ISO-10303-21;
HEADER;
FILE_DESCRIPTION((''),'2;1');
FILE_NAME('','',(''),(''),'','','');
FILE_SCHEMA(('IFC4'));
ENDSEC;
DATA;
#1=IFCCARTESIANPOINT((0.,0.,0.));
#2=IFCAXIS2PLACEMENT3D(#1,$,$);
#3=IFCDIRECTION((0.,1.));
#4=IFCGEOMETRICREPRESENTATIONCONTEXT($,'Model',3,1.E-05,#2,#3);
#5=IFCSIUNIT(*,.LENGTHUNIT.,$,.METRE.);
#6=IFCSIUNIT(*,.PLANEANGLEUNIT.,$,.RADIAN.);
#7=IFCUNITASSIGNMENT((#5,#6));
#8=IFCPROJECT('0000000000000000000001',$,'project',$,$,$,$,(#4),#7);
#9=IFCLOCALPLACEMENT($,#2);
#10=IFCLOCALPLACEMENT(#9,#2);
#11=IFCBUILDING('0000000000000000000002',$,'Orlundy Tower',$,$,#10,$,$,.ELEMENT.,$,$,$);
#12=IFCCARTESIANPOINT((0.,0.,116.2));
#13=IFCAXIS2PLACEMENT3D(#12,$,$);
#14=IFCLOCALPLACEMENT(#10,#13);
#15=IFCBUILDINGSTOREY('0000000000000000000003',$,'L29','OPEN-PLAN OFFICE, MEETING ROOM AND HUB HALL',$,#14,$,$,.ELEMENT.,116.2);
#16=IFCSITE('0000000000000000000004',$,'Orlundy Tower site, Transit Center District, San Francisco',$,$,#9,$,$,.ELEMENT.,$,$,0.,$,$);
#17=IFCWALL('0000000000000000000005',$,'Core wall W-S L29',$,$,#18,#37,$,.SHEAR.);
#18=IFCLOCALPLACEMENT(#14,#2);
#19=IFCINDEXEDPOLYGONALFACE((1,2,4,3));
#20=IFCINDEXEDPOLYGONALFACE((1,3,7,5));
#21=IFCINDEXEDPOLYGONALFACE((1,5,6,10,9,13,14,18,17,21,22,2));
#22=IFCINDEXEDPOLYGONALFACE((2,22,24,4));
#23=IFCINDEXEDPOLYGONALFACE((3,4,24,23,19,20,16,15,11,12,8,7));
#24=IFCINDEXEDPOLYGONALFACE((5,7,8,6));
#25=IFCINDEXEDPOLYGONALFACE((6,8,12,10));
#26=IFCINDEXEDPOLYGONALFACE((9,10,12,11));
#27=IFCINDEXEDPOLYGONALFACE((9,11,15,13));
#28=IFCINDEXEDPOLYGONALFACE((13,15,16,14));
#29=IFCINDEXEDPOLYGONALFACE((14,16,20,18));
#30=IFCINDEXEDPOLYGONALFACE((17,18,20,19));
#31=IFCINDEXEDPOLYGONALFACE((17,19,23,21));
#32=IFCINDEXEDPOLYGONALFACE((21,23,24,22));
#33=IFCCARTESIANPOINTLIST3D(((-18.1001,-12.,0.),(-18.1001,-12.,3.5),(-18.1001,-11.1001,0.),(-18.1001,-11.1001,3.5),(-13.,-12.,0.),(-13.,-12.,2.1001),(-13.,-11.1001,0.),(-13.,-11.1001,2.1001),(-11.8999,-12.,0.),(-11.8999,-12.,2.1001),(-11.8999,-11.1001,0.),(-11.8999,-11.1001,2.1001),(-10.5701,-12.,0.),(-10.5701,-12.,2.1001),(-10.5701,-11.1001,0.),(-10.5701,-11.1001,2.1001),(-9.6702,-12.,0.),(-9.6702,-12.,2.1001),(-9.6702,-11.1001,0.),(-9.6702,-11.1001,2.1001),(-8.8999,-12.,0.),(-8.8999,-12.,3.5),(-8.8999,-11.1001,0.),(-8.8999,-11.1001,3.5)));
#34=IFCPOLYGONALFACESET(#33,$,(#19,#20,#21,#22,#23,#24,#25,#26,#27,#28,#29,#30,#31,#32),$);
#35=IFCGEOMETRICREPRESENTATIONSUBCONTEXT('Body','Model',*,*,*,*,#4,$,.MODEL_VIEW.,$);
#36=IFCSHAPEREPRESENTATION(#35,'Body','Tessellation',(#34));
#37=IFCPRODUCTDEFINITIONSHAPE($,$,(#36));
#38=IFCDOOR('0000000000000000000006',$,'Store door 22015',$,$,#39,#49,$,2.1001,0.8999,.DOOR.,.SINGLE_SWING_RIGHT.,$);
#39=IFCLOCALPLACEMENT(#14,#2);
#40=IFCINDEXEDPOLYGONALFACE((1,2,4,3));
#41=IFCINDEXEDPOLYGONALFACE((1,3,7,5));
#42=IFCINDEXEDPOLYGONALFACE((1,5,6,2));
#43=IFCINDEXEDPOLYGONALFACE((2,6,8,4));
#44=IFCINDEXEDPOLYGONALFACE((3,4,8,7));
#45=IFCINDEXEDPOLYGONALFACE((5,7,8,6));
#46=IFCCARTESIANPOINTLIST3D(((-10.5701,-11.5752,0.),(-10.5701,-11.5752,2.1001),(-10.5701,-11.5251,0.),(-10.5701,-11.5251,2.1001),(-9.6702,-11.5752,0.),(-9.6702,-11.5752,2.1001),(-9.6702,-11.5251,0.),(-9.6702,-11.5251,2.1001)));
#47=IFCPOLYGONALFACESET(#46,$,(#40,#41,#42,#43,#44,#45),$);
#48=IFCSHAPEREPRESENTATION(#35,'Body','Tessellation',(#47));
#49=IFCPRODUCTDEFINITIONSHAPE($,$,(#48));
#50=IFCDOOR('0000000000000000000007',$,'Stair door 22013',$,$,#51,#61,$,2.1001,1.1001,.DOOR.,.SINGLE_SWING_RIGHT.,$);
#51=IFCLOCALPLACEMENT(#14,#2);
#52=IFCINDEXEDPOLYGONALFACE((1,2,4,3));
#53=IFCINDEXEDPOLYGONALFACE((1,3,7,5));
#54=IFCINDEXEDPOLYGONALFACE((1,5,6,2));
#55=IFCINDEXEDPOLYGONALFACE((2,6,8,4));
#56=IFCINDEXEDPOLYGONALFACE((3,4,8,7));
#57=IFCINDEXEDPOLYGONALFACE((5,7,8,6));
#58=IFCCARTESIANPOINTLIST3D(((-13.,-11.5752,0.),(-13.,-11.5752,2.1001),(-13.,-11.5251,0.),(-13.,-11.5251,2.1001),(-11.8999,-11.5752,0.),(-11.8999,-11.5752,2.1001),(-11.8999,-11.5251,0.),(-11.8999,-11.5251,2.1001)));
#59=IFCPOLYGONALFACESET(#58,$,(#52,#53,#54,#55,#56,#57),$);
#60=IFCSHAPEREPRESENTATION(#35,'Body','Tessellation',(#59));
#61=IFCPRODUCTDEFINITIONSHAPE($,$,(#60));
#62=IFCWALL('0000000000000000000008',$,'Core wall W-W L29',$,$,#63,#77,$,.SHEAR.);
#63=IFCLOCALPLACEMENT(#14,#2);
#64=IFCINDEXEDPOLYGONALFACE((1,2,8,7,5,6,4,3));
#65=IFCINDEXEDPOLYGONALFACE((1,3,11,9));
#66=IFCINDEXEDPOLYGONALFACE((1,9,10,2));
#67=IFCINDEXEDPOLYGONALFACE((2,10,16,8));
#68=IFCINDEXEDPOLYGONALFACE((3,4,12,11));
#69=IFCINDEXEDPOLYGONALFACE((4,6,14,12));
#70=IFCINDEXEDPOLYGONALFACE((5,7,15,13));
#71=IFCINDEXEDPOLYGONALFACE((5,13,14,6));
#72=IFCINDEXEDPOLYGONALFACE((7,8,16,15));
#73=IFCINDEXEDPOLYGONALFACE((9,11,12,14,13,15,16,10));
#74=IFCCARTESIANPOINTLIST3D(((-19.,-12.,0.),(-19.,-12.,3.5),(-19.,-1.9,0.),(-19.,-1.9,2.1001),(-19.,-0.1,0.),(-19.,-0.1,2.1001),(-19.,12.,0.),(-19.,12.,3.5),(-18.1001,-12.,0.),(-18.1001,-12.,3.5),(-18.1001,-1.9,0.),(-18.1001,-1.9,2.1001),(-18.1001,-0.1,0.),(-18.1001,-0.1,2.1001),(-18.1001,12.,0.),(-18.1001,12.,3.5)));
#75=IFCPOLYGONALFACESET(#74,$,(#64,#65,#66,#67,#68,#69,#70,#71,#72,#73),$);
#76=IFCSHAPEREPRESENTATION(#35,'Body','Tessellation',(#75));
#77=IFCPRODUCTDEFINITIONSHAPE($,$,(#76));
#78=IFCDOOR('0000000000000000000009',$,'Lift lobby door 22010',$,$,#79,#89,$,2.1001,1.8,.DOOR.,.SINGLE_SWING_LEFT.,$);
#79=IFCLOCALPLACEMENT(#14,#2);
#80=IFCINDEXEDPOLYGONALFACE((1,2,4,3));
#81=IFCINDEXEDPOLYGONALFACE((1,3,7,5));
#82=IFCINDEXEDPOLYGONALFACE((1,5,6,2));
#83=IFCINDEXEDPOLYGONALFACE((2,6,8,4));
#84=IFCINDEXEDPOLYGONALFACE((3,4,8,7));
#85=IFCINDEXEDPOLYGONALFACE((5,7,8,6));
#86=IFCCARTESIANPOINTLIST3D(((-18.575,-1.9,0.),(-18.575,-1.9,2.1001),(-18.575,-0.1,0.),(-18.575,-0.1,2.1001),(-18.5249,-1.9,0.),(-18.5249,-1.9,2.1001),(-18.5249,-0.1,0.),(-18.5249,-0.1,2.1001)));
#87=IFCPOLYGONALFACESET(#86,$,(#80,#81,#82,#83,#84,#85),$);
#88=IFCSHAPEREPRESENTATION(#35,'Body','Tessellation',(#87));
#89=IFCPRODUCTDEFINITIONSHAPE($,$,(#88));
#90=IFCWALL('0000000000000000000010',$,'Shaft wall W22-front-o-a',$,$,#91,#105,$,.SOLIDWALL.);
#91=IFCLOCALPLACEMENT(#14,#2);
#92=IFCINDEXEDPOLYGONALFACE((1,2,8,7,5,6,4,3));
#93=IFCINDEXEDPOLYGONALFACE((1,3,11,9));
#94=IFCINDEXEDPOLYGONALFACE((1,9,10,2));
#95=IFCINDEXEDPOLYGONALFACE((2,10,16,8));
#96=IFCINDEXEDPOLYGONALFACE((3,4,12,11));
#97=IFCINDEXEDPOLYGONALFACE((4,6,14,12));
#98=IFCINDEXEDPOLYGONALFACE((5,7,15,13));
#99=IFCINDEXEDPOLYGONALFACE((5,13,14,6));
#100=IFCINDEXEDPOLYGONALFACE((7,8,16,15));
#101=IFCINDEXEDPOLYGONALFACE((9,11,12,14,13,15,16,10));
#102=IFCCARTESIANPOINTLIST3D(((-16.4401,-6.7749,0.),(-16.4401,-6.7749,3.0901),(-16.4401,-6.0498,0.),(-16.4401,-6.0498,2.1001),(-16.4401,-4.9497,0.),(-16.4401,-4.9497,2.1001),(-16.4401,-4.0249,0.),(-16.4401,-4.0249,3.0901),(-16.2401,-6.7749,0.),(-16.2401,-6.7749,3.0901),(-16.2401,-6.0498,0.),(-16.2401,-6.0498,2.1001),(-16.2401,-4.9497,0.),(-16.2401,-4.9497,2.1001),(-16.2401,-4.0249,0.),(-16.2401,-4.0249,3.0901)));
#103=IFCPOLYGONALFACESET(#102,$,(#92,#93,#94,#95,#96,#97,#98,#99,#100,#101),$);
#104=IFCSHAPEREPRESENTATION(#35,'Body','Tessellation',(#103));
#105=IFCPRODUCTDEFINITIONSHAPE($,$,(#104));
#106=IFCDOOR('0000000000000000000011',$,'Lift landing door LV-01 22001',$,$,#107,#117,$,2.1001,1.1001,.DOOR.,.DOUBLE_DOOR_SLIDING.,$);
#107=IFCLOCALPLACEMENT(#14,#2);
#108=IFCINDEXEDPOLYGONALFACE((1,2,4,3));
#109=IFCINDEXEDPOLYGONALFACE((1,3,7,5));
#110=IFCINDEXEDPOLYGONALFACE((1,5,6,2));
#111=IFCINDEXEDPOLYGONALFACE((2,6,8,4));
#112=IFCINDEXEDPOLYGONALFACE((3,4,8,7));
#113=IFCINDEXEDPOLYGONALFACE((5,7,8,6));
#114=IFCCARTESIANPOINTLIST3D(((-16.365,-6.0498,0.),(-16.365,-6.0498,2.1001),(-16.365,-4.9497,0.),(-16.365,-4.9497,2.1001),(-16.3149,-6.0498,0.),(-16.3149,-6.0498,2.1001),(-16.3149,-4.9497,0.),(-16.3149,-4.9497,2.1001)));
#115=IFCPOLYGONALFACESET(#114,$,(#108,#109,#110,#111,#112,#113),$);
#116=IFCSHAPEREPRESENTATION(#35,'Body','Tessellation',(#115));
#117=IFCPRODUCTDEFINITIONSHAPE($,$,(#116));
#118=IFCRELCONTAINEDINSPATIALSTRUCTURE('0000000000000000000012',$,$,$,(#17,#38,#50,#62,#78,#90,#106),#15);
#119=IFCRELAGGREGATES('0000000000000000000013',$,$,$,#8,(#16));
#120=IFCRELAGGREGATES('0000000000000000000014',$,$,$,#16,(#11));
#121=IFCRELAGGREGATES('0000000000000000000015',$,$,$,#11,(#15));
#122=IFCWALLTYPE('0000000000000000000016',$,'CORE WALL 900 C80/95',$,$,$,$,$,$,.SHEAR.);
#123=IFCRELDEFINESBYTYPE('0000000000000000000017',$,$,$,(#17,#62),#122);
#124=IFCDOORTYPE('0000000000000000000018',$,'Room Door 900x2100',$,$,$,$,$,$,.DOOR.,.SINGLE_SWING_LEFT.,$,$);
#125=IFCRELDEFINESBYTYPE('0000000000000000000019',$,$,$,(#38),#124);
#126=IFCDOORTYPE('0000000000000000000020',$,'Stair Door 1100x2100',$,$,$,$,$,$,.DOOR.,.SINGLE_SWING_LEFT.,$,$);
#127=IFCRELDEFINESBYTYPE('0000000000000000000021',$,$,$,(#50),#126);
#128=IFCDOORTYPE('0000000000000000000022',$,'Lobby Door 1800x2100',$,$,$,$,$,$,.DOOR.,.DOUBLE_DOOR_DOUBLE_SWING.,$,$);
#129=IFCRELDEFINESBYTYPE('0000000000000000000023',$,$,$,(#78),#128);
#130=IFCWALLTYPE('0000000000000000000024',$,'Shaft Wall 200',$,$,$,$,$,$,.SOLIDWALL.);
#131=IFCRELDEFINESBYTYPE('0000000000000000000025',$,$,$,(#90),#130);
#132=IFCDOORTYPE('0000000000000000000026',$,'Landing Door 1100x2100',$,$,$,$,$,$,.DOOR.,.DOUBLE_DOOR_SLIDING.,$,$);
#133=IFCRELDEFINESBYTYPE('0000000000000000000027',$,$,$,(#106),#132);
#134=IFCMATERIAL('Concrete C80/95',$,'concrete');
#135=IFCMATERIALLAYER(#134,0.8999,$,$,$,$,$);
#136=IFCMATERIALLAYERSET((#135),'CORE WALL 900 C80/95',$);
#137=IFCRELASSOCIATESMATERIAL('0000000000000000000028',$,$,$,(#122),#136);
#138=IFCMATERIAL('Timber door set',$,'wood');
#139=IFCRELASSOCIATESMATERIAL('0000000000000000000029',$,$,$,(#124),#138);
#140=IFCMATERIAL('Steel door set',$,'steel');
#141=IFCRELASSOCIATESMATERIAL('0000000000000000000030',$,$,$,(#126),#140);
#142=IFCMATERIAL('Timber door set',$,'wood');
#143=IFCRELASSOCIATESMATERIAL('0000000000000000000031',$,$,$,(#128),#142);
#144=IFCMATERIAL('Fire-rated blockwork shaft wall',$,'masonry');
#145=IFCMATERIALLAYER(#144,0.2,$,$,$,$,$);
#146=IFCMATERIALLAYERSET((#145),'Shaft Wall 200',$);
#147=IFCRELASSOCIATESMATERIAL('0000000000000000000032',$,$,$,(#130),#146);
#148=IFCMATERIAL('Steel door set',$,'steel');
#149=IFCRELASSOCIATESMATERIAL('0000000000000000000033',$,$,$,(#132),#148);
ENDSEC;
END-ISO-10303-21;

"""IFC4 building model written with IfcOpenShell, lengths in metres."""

from ifc_helpers import new_model, si_unit, direction, frame, frame_2d, origin, place, context, subcontext, project, spatial, rectangle, extrude, material, layer, layer_set, type_object, element, fill, save


model = new_model("IFC4")

# Units and contexts
model_context = context("Model", 3, precision=1e-05, world=origin(), true_north=direction((0.0, 1.0)))
body_context = subcontext(model_context, "Body", "Model", "MODEL_VIEW")
ifc_project = project(units=[si_unit("LENGTHUNIT", "METRE"), si_unit("PLANEANGLEUNIT", "RADIAN")], contexts=[model_context])

# Site, building, storey
site_placement = place(None, origin())
site = spatial("IfcSite", under=ifc_project, at=site_placement, Name="Orlundy Tower site, Transit Center District, San Francisco", CompositionType="ELEMENT", RefElevation=0.0)
building_placement = place(site_placement, origin())
building = spatial("IfcBuilding", under=site, at=building_placement, Name="Orlundy Tower", CompositionType="ELEMENT")
storey_placement = place(building_placement, frame((0.0, 0.0, 116.2)))
storey = spatial("IfcBuildingStorey", under=building, at=storey_placement, Name="L29", Description="OPEN-PLAN OFFICE, MEETING ROOM AND HUB HALL", CompositionType="ELEMENT", Elevation=116.2)

# Wall, openings, doors
ifc_material_1 = material(Name="Concrete C80/95", Category="concrete")
ifc_layer_1 = layer(ifc_material_1, 0.8999)
ifc_layer_set_1 = layer_set([ifc_layer_1], Name="CORE WALL 900 C80/95")
wall_type_1 = type_object("IfcWallType", Name="CORE WALL 900 C80/95", PredefinedType="SHEAR", material=ifc_layer_set_1)
wall_1_placement = place(storey_placement, frame((-18.1001, -11.55, 0.0), z_axis=(0.0, 0.0, 1.0), x_axis=(1.0, 0.0, 0.0)))
wall_1 = element("IfcWall", 1, at=wall_1_placement, inside=storey, type_object=wall_type_1, Name="Core wall W-S L29", PredefinedType="SHEAR", context=body_context, shape_type="SweptSolid", body=[
    extrude(rectangle(XDim=9.2002, YDim=0.8999, at=frame_2d((4.6001, 0.0))), origin(), (0.0, 0.0, 1.0), 3.5),
])
opening_1_placement = place(wall_1_placement, frame((5.1001, 0.0, 0.0)))
opening_1 = element("IfcOpeningElement", 2, at=opening_1_placement, cuts=wall_1, PredefinedType="OPENING", context=body_context, shape_type="SweptSolid", body=[
    extrude(rectangle(XDim=1.1001, YDim=2.1001, at=frame_2d((0.55, 1.05))), frame((0.0, 0.46, 0.0), z_axis=(0.0, -1.0, 0.0), x_axis=(1.0, 0.0, 0.0)), (0.0, 0.0, 1.0), 0.9199),
])
opening_2_placement = place(wall_1_placement, frame((7.53, 0.0, 0.0)))
opening_2 = element("IfcOpeningElement", 3, at=opening_2_placement, cuts=wall_1, PredefinedType="OPENING", context=body_context, shape_type="SweptSolid", body=[
    extrude(rectangle(XDim=0.8999, YDim=2.1001, at=frame_2d((0.45, 1.05))), frame((0.0, 0.46, 0.0), z_axis=(0.0, -1.0, 0.0), x_axis=(1.0, 0.0, 0.0)), (0.0, 0.0, 1.0), 0.9199),
])
ifc_material_2 = material(Name="Timber door set", Category="wood")
door_type_1 = type_object("IfcDoorType", Name="Room Door 900x2100", OperationType="SINGLE_SWING_LEFT", PredefinedType="DOOR", material=ifc_material_2)
door_1_placement = place(opening_2_placement, origin())
door_1 = element("IfcDoor", 4, at=door_1_placement, inside=storey, type_object=door_type_1, Name="Store door 22015", OperationType="SINGLE_SWING_RIGHT", OverallHeight=2.1001, OverallWidth=0.8999, PredefinedType="DOOR", context=body_context, shape_type="SweptSolid", body=[
    extrude(rectangle(XDim=0.8999, YDim=2.1001, at=frame_2d((0.45, 1.05))), frame((0.0, 0.0249, 0.0), z_axis=(0.0, -1.0, 0.0), x_axis=(1.0, 0.0, 0.0)), (0.0, 0.0, 1.0), 0.05),
])
fill(opening_2, door_1)
ifc_material_3 = material(Name="Steel door set", Category="steel")
door_type_2 = type_object("IfcDoorType", Name="Stair Door 1100x2100", OperationType="SINGLE_SWING_LEFT", PredefinedType="DOOR", material=ifc_material_3)
door_2_placement = place(opening_1_placement, origin())
door_2 = element("IfcDoor", 5, at=door_2_placement, inside=storey, type_object=door_type_2, Name="Stair door 22013", OperationType="SINGLE_SWING_RIGHT", OverallHeight=2.1001, OverallWidth=1.1001, PredefinedType="DOOR", context=body_context, shape_type="SweptSolid", body=[
    extrude(rectangle(XDim=1.1001, YDim=2.1001, at=frame_2d((0.55, 1.05))), frame((0.0, 0.0249, 0.0), z_axis=(0.0, -1.0, 0.0), x_axis=(1.0, 0.0, 0.0)), (0.0, 0.0, 1.0), 0.05),
])
fill(opening_1, door_2)

# Walls, openings, doors
wall_2_placement = place(storey_placement, frame((-18.55, -12.0, 0.0), z_axis=(0.0, 0.0, 1.0), x_axis=(0.0, 1.0, 0.0)))
wall_2 = element("IfcWall", 6, at=wall_2_placement, inside=storey, type_object=wall_type_1, Name="Core wall W-W L29", PredefinedType="SHEAR", context=body_context, shape_type="SweptSolid", body=[
    extrude(rectangle(XDim=24.0, YDim=0.8999, at=frame_2d((12.0, 0.0))), origin(), (0.0, 0.0, 1.0), 3.5),
])
opening_3_placement = place(wall_2_placement, frame((10.1001, 0.0, 0.0)))
opening_3 = element("IfcOpeningElement", 7, at=opening_3_placement, cuts=wall_2, PredefinedType="OPENING", context=body_context, shape_type="SweptSolid", body=[
    extrude(rectangle(XDim=1.8, YDim=2.1001, at=frame_2d((0.8999, 1.05))), frame((0.0, 0.46, 0.0), z_axis=(0.0, -1.0, 0.0), x_axis=(1.0, 0.0, 0.0)), (0.0, 0.0, 1.0), 0.9199),
])
ifc_material_4 = material(Name="Timber door set", Category="wood")
door_type_3 = type_object("IfcDoorType", Name="Lobby Door 1800x2100", OperationType="DOUBLE_DOOR_DOUBLE_SWING", PredefinedType="DOOR", material=ifc_material_4)
door_3_placement = place(opening_3_placement, origin())
door_3 = element("IfcDoor", 8, at=door_3_placement, inside=storey, type_object=door_type_3, Name="Lift lobby door 22010", OperationType="SINGLE_SWING_LEFT", OverallHeight=2.1001, OverallWidth=1.8, PredefinedType="DOOR", context=body_context, shape_type="SweptSolid", body=[
    extrude(rectangle(XDim=1.8, YDim=2.1001, at=frame_2d((0.8999, 1.05))), frame((0.0, 0.0249, 0.0), z_axis=(0.0, -1.0, 0.0), x_axis=(1.0, 0.0, 0.0)), (0.0, 0.0, 1.0), 0.05),
])
fill(opening_3, door_3)
ifc_material_5 = material(Name="Fire-rated blockwork shaft wall", Category="masonry")
ifc_layer_2 = layer(ifc_material_5, 0.2)
ifc_layer_set_2 = layer_set([ifc_layer_2], Name="Shaft Wall 200")
wall_type_2 = type_object("IfcWallType", Name="Shaft Wall 200", PredefinedType="SOLIDWALL", material=ifc_layer_set_2)
wall_3_placement = place(storey_placement, frame((-16.3401, -6.7749, 0.0), z_axis=(0.0, 0.0, 1.0), x_axis=(0.0, 1.0, 0.0)))
wall_3 = element("IfcWall", 9, at=wall_3_placement, inside=storey, type_object=wall_type_2, Name="Shaft wall W22-front-o-a", PredefinedType="SOLIDWALL", context=body_context, shape_type="SweptSolid", body=[
    extrude(rectangle(XDim=2.75, YDim=0.2, at=frame_2d((1.375, 0.0))), origin(), (0.0, 0.0, 1.0), 3.0901),
])
opening_4_placement = place(wall_3_placement, frame((0.7251, 0.0, 0.0)))
opening_4 = element("IfcOpeningElement", 10, at=opening_4_placement, cuts=wall_3, PredefinedType="OPENING", context=body_context, shape_type="SweptSolid", body=[
    extrude(rectangle(XDim=1.1001, YDim=2.1001, at=frame_2d((0.55, 1.05))), frame((0.0, 0.1101, 0.0), z_axis=(0.0, -1.0, 0.0), x_axis=(1.0, 0.0, 0.0)), (0.0, 0.0, 1.0), 0.2202),
])
ifc_material_6 = material(Name="Steel door set", Category="steel")
door_type_4 = type_object("IfcDoorType", Name="Landing Door 1100x2100", OperationType="DOUBLE_DOOR_SLIDING", PredefinedType="DOOR", material=ifc_material_6)
door_4_placement = place(opening_4_placement, origin())
door_4 = element("IfcDoor", 11, at=door_4_placement, inside=storey, type_object=door_type_4, Name="Lift landing door LV-01 22001", OperationType="DOUBLE_DOOR_SLIDING", OverallHeight=2.1001, OverallWidth=1.1001, PredefinedType="DOOR", context=body_context, shape_type="SweptSolid", body=[
    extrude(rectangle(XDim=1.1001, YDim=2.1001, at=frame_2d((0.55, 1.05))), frame((0.0, 0.0249, 0.0), z_axis=(0.0, -1.0, 0.0), x_axis=(1.0, 0.0, 0.0)), (0.0, 0.0, 1.0), 0.05),
])
fill(opening_4, door_4)

save(model, "model.ifc")
